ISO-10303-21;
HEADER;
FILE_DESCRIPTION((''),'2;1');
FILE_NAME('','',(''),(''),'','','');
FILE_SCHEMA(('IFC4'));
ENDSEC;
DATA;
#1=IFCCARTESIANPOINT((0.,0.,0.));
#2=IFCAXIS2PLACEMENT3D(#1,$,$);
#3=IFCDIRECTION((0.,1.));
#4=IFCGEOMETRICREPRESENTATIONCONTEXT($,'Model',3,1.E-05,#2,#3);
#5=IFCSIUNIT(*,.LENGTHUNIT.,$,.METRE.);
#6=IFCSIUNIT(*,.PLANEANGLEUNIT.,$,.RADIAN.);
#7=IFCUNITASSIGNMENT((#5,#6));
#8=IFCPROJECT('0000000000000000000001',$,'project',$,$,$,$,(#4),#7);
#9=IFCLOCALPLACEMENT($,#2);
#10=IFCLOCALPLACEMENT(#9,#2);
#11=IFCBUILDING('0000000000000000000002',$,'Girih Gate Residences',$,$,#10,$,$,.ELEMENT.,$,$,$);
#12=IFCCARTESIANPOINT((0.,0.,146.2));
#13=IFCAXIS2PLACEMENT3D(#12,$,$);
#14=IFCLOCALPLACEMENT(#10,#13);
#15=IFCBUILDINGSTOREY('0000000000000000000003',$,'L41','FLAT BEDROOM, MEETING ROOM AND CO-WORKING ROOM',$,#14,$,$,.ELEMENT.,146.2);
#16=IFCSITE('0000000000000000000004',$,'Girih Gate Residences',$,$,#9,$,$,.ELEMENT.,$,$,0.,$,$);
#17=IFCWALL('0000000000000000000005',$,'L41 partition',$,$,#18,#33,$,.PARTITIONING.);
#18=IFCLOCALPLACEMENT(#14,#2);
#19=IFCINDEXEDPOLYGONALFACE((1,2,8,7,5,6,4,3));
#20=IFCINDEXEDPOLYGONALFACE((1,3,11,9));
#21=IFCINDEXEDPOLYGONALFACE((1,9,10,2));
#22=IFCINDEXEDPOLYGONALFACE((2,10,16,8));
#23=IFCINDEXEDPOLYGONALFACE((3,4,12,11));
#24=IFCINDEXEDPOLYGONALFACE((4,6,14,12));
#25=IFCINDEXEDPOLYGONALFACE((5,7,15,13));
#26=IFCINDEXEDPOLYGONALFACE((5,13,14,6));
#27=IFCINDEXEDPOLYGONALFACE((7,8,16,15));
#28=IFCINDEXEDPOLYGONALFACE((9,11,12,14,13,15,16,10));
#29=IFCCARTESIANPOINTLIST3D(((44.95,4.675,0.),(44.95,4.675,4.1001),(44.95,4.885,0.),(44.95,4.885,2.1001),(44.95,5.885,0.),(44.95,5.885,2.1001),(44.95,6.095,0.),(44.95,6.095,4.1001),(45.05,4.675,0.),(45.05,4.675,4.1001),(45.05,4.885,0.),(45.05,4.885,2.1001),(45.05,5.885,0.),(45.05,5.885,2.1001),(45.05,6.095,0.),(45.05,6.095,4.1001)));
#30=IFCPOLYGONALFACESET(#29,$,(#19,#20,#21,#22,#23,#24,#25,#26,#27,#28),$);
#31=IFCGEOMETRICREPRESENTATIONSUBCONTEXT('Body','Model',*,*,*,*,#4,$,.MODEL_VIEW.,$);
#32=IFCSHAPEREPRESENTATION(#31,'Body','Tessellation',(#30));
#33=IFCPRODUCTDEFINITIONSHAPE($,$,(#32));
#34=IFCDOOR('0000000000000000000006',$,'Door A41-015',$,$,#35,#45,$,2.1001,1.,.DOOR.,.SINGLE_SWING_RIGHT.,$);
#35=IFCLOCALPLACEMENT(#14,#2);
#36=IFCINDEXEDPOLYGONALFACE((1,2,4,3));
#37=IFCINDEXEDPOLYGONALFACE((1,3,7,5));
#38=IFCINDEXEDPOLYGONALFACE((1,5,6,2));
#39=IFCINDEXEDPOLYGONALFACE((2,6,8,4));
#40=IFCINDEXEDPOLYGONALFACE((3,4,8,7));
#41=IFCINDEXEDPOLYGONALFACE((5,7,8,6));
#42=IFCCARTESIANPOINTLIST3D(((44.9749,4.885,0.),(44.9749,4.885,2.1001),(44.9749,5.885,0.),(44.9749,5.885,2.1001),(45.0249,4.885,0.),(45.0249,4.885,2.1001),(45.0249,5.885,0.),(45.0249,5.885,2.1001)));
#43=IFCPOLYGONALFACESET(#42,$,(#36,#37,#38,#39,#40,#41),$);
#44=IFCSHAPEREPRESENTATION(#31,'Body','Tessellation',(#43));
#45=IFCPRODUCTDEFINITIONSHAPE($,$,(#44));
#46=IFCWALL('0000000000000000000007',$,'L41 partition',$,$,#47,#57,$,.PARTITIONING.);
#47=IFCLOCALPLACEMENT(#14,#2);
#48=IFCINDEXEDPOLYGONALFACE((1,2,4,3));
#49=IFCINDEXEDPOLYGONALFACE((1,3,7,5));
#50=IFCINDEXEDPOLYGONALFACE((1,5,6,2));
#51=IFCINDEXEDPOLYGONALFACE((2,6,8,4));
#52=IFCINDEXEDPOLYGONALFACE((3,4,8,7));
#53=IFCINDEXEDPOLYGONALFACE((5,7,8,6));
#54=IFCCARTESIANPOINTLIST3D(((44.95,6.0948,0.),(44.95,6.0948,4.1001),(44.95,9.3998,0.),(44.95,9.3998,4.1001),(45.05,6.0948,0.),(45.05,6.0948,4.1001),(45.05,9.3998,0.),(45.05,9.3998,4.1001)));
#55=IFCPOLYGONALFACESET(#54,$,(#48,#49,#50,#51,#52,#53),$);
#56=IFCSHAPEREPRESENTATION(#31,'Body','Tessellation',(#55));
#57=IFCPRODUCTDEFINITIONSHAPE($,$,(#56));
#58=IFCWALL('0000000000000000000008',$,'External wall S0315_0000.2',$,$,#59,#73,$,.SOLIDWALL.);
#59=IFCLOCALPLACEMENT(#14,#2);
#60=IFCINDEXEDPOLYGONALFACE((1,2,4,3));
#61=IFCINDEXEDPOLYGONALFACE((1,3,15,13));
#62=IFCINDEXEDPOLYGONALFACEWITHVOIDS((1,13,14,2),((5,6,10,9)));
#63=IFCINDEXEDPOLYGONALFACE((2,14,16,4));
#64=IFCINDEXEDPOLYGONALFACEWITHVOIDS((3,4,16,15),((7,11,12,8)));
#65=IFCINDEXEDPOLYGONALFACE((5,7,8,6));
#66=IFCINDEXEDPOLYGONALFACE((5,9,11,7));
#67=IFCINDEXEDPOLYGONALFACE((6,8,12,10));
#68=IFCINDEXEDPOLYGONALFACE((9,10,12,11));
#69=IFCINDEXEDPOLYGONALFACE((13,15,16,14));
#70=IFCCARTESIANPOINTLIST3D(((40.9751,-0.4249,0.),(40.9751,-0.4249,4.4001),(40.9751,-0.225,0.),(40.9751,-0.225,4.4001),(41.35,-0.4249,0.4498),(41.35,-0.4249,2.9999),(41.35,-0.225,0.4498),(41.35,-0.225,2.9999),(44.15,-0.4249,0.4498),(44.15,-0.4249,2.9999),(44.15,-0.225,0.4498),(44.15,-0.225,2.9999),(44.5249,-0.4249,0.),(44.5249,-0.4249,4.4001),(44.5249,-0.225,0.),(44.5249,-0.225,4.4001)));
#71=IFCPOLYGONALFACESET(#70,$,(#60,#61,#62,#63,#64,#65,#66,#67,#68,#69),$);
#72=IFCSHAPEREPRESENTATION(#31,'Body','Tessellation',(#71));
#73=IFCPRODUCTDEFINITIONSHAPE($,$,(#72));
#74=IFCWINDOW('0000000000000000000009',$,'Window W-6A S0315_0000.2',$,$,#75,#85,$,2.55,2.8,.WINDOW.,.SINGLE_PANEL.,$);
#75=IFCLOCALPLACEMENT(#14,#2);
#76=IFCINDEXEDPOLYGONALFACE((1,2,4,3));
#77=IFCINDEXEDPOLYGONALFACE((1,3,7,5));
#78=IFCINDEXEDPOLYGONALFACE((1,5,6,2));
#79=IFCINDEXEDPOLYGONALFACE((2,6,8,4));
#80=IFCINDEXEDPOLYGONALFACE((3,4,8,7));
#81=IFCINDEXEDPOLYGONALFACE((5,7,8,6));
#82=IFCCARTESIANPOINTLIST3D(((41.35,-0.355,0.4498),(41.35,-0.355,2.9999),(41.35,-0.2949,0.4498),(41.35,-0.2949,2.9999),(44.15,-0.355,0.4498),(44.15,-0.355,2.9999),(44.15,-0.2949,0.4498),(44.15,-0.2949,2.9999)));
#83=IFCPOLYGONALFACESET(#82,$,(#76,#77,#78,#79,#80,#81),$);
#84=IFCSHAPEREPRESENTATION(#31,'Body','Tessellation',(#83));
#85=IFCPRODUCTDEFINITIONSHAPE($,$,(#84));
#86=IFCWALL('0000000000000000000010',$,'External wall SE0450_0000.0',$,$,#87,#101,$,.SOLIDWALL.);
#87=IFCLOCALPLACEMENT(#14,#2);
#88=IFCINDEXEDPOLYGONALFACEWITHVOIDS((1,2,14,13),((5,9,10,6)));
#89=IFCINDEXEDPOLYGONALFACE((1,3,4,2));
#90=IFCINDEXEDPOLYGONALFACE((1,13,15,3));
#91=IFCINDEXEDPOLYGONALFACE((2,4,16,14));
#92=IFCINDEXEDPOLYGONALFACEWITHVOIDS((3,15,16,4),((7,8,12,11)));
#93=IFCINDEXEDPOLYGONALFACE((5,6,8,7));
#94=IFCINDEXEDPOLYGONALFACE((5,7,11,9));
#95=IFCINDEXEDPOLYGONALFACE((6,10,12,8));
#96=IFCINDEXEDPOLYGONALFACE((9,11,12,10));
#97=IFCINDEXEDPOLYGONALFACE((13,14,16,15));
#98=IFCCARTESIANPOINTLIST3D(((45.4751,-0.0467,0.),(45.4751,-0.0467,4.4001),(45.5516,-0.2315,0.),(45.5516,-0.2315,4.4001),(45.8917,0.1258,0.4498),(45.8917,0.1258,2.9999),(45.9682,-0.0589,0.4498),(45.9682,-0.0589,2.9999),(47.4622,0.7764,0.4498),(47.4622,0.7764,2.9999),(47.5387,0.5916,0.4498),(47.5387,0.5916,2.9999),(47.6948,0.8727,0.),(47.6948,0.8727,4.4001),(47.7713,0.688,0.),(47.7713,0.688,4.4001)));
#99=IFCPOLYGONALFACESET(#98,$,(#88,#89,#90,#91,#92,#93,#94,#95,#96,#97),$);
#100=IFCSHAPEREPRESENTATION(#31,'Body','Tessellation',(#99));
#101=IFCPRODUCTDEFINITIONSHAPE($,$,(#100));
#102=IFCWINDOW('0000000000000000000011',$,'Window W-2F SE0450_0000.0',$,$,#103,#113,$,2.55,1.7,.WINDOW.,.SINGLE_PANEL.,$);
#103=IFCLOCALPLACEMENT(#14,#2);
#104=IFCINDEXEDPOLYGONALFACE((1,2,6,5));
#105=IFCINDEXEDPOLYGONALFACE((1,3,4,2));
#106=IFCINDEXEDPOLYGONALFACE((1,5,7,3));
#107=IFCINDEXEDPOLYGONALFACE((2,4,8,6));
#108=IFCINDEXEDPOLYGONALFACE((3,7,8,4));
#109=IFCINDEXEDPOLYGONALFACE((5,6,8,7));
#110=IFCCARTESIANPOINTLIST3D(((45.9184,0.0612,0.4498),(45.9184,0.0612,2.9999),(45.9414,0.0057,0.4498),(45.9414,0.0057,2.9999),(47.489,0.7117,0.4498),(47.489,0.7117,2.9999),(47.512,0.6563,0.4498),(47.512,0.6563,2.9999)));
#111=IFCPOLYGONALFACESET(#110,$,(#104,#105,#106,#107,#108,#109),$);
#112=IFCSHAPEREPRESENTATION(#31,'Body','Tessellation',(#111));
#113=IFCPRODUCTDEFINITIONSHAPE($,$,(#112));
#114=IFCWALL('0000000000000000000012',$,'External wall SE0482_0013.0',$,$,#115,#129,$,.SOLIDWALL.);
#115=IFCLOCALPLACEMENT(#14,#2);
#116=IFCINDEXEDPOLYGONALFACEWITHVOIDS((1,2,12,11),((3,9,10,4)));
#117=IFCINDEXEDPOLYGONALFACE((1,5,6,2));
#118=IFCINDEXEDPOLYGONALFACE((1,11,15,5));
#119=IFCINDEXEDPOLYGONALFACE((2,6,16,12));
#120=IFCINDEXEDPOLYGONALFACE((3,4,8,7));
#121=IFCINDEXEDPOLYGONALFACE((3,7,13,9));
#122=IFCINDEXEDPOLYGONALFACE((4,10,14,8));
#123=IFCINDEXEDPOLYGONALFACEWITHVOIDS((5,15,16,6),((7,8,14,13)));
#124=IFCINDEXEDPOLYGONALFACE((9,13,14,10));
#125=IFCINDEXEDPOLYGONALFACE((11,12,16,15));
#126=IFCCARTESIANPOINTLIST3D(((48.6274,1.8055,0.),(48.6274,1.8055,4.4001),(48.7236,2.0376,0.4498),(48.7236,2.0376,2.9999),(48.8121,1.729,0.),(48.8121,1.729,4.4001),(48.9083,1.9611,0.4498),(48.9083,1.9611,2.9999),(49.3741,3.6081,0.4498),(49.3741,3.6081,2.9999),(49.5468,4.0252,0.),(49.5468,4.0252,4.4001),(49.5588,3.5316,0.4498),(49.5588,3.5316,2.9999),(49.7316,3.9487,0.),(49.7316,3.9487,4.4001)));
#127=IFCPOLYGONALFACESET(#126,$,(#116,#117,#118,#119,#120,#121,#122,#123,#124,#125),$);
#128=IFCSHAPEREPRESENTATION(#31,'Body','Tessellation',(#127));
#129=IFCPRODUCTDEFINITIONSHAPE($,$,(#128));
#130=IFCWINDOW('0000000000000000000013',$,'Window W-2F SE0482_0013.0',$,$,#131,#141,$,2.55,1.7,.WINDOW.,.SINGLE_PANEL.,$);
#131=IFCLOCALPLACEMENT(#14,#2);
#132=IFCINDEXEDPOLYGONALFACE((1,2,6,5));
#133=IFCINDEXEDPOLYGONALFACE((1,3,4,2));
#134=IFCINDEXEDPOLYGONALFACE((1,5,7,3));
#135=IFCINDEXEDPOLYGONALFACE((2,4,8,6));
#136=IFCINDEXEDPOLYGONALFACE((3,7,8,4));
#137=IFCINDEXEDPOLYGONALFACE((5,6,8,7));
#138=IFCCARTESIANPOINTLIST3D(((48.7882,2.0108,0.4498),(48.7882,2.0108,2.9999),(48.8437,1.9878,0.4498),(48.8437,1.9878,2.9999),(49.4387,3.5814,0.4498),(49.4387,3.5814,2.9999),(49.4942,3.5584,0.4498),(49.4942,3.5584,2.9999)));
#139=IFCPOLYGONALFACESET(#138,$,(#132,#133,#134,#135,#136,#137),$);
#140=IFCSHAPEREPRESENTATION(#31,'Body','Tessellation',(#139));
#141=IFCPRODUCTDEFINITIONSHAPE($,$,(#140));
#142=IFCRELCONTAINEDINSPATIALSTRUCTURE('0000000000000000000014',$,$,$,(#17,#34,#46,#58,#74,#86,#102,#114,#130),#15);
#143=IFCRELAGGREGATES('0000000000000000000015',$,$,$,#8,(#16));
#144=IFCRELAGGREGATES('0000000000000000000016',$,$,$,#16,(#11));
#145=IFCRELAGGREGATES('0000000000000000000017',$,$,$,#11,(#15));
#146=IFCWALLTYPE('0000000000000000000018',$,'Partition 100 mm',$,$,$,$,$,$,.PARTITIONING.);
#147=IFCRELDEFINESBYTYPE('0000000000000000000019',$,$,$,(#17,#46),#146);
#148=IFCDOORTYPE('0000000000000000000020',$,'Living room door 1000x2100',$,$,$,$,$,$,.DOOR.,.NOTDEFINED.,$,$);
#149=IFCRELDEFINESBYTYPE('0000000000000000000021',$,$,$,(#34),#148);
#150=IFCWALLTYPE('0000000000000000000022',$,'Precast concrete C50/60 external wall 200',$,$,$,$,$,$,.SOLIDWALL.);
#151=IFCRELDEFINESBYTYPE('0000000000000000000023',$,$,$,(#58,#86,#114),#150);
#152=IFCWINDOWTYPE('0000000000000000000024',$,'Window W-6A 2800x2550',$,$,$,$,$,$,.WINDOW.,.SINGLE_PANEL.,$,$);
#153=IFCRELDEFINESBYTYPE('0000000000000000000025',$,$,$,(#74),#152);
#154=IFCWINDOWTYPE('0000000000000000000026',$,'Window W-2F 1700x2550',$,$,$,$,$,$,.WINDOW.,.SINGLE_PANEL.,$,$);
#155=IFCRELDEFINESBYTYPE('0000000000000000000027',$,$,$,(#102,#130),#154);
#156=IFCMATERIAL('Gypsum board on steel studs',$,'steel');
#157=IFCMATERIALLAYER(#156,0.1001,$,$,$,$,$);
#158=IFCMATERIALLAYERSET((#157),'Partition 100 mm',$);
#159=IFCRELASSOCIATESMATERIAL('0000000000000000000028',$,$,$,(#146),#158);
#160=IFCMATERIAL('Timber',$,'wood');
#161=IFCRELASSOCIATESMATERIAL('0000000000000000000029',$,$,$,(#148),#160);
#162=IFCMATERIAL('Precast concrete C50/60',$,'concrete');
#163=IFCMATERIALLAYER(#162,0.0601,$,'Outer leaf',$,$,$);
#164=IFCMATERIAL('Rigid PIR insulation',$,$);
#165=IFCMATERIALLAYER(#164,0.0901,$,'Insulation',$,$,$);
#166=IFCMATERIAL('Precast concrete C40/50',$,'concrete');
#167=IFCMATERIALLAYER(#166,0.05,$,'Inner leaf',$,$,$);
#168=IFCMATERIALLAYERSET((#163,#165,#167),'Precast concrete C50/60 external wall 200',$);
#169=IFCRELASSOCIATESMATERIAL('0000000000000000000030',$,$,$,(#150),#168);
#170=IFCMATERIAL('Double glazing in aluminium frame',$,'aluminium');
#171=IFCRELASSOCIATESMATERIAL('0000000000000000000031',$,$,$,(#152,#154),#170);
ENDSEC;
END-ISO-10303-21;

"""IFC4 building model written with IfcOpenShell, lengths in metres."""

from ifc_helpers import new_model, si_unit, direction, frame, frame_2d, origin, place, context, subcontext, project, spatial, rectangle, extrude, material, layer, layer_set, type_object, element, fill, save


model = new_model("IFC4")

# Units and contexts
model_context = context("Model", 3, precision=1e-05, world=origin(), true_north=direction((0.0, 1.0)))
body_context = subcontext(model_context, "Body", "Model", "MODEL_VIEW")
ifc_project = project(units=[si_unit("LENGTHUNIT", "METRE"), si_unit("PLANEANGLEUNIT", "RADIAN")], contexts=[model_context])

# Site, building, storey
site_placement = place(None, origin())
site = spatial("IfcSite", under=ifc_project, at=site_placement, Name="Girih Gate Residences", CompositionType="ELEMENT", RefElevation=0.0)
building_placement = place(site_placement, origin())
building = spatial("IfcBuilding", under=site, at=building_placement, Name="Girih Gate Residences", CompositionType="ELEMENT")
storey_placement = place(building_placement, frame((0.0, 0.0, 146.2)))
storey = spatial("IfcBuildingStorey", under=building, at=storey_placement, Name="L41", Description="FLAT BEDROOM, MEETING ROOM AND CO-WORKING ROOM", CompositionType="ELEMENT", Elevation=146.2)

# Shared definitions
ifc_material_1 = material(Name="Gypsum board on steel studs", Category="steel")
ifc_layer_1 = layer(ifc_material_1, 0.1001)
ifc_layer_set_1 = layer_set([ifc_layer_1], Name="Partition 100 mm")
wall_type_1 = type_object("IfcWallType", Name="Partition 100 mm", PredefinedType="PARTITIONING", material=ifc_layer_set_1)
ifc_material_2 = material(Name="Timber", Category="wood")

# Wall, opening, door
wall_1_placement = place(storey_placement, frame((45.0, 6.095, 0.0), z_axis=(0.0, 0.0, 1.0), x_axis=(0.0, -1.0, 0.0)))
wall_1 = element("IfcWall", 1, at=wall_1_placement, inside=storey, type_object=wall_type_1, Name="L41 partition", PredefinedType="PARTITIONING", context=body_context, shape_type="SweptSolid", body=[
    extrude(rectangle(XDim=1.4199, YDim=0.1001, at=frame_2d((0.71, 0.0))), origin(), (0.0, 0.0, 1.0), 4.1001),
])
opening_1_placement = place(wall_1_placement, frame((0.21, 0.0, 0.0)))
opening_1 = element("IfcOpeningElement", 2, at=opening_1_placement, cuts=wall_1, PredefinedType="OPENING", context=body_context, shape_type="SweptSolid", body=[
    extrude(rectangle(XDim=1.0, YDim=2.1001, at=frame_2d((0.5, 1.05))), frame((0.0, 0.0601, 0.0), z_axis=(0.0, -1.0, 0.0), x_axis=(1.0, 0.0, 0.0)), (0.0, 0.0, 1.0), 0.1201),
])
door_type_1 = type_object("IfcDoorType", Name="Living room door 1000x2100", OperationType="NOTDEFINED", PredefinedType="DOOR", material=ifc_material_2)
door_1_placement = place(opening_1_placement, origin())
door_1 = element("IfcDoor", 3, at=door_1_placement, inside=storey, type_object=door_type_1, Name="Door A41-015", OperationType="SINGLE_SWING_RIGHT", OverallHeight=2.1001, OverallWidth=1.0, PredefinedType="DOOR", context=body_context, shape_type="SweptSolid", body=[
    extrude(rectangle(XDim=1.0, YDim=2.1001, at=frame_2d((0.5, 1.05))), frame((0.0, 0.0249, 0.0), z_axis=(0.0, -1.0, 0.0), x_axis=(1.0, 0.0, 0.0)), (0.0, 0.0, 1.0), 0.05),
])
fill(opening_1, door_1)

# Wall
wall_2_placement = place(storey_placement, frame((45.0, 6.095, 0.0), z_axis=(0.0, 0.0, 1.0), x_axis=(0.0, 1.0, 0.0)))
element("IfcWall", 4, at=wall_2_placement, inside=storey, type_object=wall_type_1, Name="L41 partition", PredefinedType="PARTITIONING", context=body_context, shape_type="SweptSolid", body=[
    extrude(rectangle(XDim=3.3049, YDim=0.1001, at=frame_2d((1.6523, 0.0))), origin(), (0.0, 0.0, 1.0), 4.1001),
])

# Walls, openings, windows
ifc_material_3 = material(Name="Precast concrete C50/60", Category="concrete")
ifc_layer_2 = layer(ifc_material_3, 0.0601, Name="Outer leaf")
ifc_material_4 = material(Name="Rigid PIR insulation")
ifc_layer_3 = layer(ifc_material_4, 0.0901, Name="Insulation")
ifc_material_5 = material(Name="Precast concrete C40/50", Category="concrete")
ifc_layer_4 = layer(ifc_material_5, 0.05, Name="Inner leaf")
ifc_layer_set_2 = layer_set([ifc_layer_2, ifc_layer_3, ifc_layer_4], Name="Precast concrete C50/60 external wall 200")
wall_type_2 = type_object("IfcWallType", Name="Precast concrete C50/60 external wall 200", PredefinedType="SOLIDWALL", material=ifc_layer_set_2)
wall_3_placement = place(storey_placement, frame((44.5249, -0.325, 0.0), z_axis=(0.0, 0.0, 1.0), x_axis=(-1.0, 0.0, 0.0)))
wall_3 = element("IfcWall", 5, at=wall_3_placement, inside=storey, type_object=wall_type_2, Name="External wall S0315_0000.2", PredefinedType="SOLIDWALL", context=body_context, shape_type="SweptSolid", body=[
    extrude(rectangle(XDim=3.5498, YDim=0.2, at=frame_2d((1.7749, 0.0))), origin(), (0.0, 0.0, 1.0), 4.4001),
])
opening_2_placement = place(wall_3_placement, frame((0.375, 0.0, 0.45)))
opening_2 = element("IfcOpeningElement", 6, at=opening_2_placement, cuts=wall_3, PredefinedType="OPENING", context=body_context, shape_type="SweptSolid", body=[
    extrude(rectangle(XDim=2.8, YDim=2.55, at=frame_2d((1.3999, 1.2749))), frame((0.0, 0.1099, 0.0), z_axis=(0.0, -1.0, 0.0), x_axis=(1.0, 0.0, 0.0)), (0.0, 0.0, 1.0), 0.22),
])
ifc_material_6 = material(Name="Double glazing in aluminium frame", Category="aluminium")
window_type_1 = type_object("IfcWindowType", Name="Window W-6A 2800x2550", PartitioningType="SINGLE_PANEL", PredefinedType="WINDOW", material=ifc_material_6)
window_1_placement = place(opening_2_placement, origin())
window_1 = element("IfcWindow", 7, at=window_1_placement, inside=storey, type_object=window_type_1, Name="Window W-6A S0315_0000.2", OverallHeight=2.55, OverallWidth=2.8, PartitioningType="SINGLE_PANEL", PredefinedType="WINDOW", context=body_context, shape_type="SweptSolid", body=[
    extrude(rectangle(XDim=2.8, YDim=2.55, at=frame_2d((1.3999, 1.2749))), frame((0.0, 0.03, 0.0), z_axis=(0.0, -1.0, 0.0), x_axis=(1.0, 0.0, 0.0)), (0.0, 0.0, 1.0), 0.0601),
])
fill(opening_2, window_1)
wall_4_placement = place(storey_placement, frame((47.7329, 0.7803, 0.0), z_axis=(0.0, 0.0, 1.0), x_axis=(-0.923881, -0.382681, 0.0)))
wall_4 = element("IfcWall", 8, at=wall_4_placement, inside=storey, type_object=wall_type_2, Name="External wall SE0450_0000.0", PredefinedType="SOLIDWALL", context=body_context, shape_type="SweptSolid", body=[
    extrude(rectangle(XDim=2.4026, YDim=0.2, at=frame_2d((1.2012, 0.0))), origin(), (0.0, 0.0, 1.0), 4.4001),
])
opening_3_placement = place(wall_4_placement, frame((0.2515, 0.0, 0.45)))
opening_3 = element("IfcOpeningElement", 9, at=opening_3_placement, cuts=wall_4, PredefinedType="OPENING", context=body_context, shape_type="SweptSolid", body=[
    extrude(rectangle(XDim=1.7, YDim=2.55, at=frame_2d((0.8501, 1.2749))), frame((0.0, 0.1099, 0.0), z_axis=(0.0, -1.0, 0.0), x_axis=(1.0, 0.0, 0.0)), (0.0, 0.0, 1.0), 0.22),
])
window_type_2 = type_object("IfcWindowType", Name="Window W-2F 1700x2550", PartitioningType="SINGLE_PANEL", PredefinedType="WINDOW", material=ifc_material_6)
window_2_placement = place(opening_3_placement, origin())
window_2 = element("IfcWindow", 10, at=window_2_placement, inside=storey, type_object=window_type_2, Name="Window W-2F SE0450_0000.0", OverallHeight=2.55, OverallWidth=1.7, PartitioningType="SINGLE_PANEL", PredefinedType="WINDOW", context=body_context, shape_type="SweptSolid", body=[
    extrude(rectangle(XDim=1.7, YDim=2.55, at=frame_2d((0.8501, 1.2749))), frame((0.0, 0.03, 0.0), z_axis=(0.0, -1.0, 0.0), x_axis=(1.0, 0.0, 0.0)), (0.0, 0.0, 1.0), 0.0601),
])
fill(opening_3, window_2)
wall_5_placement = place(storey_placement, frame((49.6392, 3.9868, 0.0), z_axis=(0.0, 0.0, 1.0), x_axis=(-0.382681, -0.923881, 0.0)))
wall_5 = element("IfcWall", 11, at=wall_5_placement, inside=storey, type_object=wall_type_2, Name="External wall SE0482_0013.0", PredefinedType="SOLIDWALL", context=body_context, shape_type="SweptSolid", body=[
    extrude(rectangle(XDim=2.4026, YDim=0.2, at=frame_2d((1.2012, 0.0))), origin(), (0.0, 0.0, 1.0), 4.4001),
])
opening_4_placement = place(wall_5_placement, frame((0.4512, 0.0, 0.45)))
opening_4 = element("IfcOpeningElement", 12, at=opening_4_placement, cuts=wall_5, PredefinedType="OPENING", context=body_context, shape_type="SweptSolid", body=[
    extrude(rectangle(XDim=1.7, YDim=2.55, at=frame_2d((0.8501, 1.2749))), frame((0.0, 0.1099, 0.0), z_axis=(0.0, -1.0, 0.0), x_axis=(1.0, 0.0, 0.0)), (0.0, 0.0, 1.0), 0.22),
])
window_3_placement = place(opening_4_placement, origin())
window_3 = element("IfcWindow", 13, at=window_3_placement, inside=storey, type_object=window_type_2, Name="Window W-2F SE0482_0013.0", OverallHeight=2.55, OverallWidth=1.7, PartitioningType="SINGLE_PANEL", PredefinedType="WINDOW", context=body_context, shape_type="SweptSolid", body=[
    extrude(rectangle(XDim=1.7, YDim=2.55, at=frame_2d((0.8501, 1.2749))), frame((0.0, 0.03, 0.0), z_axis=(0.0, -1.0, 0.0), x_axis=(1.0, 0.0, 0.0)), (0.0, 0.0, 1.0), 0.0601),
])
fill(opening_4, window_3)

save(model, "model.ifc")
